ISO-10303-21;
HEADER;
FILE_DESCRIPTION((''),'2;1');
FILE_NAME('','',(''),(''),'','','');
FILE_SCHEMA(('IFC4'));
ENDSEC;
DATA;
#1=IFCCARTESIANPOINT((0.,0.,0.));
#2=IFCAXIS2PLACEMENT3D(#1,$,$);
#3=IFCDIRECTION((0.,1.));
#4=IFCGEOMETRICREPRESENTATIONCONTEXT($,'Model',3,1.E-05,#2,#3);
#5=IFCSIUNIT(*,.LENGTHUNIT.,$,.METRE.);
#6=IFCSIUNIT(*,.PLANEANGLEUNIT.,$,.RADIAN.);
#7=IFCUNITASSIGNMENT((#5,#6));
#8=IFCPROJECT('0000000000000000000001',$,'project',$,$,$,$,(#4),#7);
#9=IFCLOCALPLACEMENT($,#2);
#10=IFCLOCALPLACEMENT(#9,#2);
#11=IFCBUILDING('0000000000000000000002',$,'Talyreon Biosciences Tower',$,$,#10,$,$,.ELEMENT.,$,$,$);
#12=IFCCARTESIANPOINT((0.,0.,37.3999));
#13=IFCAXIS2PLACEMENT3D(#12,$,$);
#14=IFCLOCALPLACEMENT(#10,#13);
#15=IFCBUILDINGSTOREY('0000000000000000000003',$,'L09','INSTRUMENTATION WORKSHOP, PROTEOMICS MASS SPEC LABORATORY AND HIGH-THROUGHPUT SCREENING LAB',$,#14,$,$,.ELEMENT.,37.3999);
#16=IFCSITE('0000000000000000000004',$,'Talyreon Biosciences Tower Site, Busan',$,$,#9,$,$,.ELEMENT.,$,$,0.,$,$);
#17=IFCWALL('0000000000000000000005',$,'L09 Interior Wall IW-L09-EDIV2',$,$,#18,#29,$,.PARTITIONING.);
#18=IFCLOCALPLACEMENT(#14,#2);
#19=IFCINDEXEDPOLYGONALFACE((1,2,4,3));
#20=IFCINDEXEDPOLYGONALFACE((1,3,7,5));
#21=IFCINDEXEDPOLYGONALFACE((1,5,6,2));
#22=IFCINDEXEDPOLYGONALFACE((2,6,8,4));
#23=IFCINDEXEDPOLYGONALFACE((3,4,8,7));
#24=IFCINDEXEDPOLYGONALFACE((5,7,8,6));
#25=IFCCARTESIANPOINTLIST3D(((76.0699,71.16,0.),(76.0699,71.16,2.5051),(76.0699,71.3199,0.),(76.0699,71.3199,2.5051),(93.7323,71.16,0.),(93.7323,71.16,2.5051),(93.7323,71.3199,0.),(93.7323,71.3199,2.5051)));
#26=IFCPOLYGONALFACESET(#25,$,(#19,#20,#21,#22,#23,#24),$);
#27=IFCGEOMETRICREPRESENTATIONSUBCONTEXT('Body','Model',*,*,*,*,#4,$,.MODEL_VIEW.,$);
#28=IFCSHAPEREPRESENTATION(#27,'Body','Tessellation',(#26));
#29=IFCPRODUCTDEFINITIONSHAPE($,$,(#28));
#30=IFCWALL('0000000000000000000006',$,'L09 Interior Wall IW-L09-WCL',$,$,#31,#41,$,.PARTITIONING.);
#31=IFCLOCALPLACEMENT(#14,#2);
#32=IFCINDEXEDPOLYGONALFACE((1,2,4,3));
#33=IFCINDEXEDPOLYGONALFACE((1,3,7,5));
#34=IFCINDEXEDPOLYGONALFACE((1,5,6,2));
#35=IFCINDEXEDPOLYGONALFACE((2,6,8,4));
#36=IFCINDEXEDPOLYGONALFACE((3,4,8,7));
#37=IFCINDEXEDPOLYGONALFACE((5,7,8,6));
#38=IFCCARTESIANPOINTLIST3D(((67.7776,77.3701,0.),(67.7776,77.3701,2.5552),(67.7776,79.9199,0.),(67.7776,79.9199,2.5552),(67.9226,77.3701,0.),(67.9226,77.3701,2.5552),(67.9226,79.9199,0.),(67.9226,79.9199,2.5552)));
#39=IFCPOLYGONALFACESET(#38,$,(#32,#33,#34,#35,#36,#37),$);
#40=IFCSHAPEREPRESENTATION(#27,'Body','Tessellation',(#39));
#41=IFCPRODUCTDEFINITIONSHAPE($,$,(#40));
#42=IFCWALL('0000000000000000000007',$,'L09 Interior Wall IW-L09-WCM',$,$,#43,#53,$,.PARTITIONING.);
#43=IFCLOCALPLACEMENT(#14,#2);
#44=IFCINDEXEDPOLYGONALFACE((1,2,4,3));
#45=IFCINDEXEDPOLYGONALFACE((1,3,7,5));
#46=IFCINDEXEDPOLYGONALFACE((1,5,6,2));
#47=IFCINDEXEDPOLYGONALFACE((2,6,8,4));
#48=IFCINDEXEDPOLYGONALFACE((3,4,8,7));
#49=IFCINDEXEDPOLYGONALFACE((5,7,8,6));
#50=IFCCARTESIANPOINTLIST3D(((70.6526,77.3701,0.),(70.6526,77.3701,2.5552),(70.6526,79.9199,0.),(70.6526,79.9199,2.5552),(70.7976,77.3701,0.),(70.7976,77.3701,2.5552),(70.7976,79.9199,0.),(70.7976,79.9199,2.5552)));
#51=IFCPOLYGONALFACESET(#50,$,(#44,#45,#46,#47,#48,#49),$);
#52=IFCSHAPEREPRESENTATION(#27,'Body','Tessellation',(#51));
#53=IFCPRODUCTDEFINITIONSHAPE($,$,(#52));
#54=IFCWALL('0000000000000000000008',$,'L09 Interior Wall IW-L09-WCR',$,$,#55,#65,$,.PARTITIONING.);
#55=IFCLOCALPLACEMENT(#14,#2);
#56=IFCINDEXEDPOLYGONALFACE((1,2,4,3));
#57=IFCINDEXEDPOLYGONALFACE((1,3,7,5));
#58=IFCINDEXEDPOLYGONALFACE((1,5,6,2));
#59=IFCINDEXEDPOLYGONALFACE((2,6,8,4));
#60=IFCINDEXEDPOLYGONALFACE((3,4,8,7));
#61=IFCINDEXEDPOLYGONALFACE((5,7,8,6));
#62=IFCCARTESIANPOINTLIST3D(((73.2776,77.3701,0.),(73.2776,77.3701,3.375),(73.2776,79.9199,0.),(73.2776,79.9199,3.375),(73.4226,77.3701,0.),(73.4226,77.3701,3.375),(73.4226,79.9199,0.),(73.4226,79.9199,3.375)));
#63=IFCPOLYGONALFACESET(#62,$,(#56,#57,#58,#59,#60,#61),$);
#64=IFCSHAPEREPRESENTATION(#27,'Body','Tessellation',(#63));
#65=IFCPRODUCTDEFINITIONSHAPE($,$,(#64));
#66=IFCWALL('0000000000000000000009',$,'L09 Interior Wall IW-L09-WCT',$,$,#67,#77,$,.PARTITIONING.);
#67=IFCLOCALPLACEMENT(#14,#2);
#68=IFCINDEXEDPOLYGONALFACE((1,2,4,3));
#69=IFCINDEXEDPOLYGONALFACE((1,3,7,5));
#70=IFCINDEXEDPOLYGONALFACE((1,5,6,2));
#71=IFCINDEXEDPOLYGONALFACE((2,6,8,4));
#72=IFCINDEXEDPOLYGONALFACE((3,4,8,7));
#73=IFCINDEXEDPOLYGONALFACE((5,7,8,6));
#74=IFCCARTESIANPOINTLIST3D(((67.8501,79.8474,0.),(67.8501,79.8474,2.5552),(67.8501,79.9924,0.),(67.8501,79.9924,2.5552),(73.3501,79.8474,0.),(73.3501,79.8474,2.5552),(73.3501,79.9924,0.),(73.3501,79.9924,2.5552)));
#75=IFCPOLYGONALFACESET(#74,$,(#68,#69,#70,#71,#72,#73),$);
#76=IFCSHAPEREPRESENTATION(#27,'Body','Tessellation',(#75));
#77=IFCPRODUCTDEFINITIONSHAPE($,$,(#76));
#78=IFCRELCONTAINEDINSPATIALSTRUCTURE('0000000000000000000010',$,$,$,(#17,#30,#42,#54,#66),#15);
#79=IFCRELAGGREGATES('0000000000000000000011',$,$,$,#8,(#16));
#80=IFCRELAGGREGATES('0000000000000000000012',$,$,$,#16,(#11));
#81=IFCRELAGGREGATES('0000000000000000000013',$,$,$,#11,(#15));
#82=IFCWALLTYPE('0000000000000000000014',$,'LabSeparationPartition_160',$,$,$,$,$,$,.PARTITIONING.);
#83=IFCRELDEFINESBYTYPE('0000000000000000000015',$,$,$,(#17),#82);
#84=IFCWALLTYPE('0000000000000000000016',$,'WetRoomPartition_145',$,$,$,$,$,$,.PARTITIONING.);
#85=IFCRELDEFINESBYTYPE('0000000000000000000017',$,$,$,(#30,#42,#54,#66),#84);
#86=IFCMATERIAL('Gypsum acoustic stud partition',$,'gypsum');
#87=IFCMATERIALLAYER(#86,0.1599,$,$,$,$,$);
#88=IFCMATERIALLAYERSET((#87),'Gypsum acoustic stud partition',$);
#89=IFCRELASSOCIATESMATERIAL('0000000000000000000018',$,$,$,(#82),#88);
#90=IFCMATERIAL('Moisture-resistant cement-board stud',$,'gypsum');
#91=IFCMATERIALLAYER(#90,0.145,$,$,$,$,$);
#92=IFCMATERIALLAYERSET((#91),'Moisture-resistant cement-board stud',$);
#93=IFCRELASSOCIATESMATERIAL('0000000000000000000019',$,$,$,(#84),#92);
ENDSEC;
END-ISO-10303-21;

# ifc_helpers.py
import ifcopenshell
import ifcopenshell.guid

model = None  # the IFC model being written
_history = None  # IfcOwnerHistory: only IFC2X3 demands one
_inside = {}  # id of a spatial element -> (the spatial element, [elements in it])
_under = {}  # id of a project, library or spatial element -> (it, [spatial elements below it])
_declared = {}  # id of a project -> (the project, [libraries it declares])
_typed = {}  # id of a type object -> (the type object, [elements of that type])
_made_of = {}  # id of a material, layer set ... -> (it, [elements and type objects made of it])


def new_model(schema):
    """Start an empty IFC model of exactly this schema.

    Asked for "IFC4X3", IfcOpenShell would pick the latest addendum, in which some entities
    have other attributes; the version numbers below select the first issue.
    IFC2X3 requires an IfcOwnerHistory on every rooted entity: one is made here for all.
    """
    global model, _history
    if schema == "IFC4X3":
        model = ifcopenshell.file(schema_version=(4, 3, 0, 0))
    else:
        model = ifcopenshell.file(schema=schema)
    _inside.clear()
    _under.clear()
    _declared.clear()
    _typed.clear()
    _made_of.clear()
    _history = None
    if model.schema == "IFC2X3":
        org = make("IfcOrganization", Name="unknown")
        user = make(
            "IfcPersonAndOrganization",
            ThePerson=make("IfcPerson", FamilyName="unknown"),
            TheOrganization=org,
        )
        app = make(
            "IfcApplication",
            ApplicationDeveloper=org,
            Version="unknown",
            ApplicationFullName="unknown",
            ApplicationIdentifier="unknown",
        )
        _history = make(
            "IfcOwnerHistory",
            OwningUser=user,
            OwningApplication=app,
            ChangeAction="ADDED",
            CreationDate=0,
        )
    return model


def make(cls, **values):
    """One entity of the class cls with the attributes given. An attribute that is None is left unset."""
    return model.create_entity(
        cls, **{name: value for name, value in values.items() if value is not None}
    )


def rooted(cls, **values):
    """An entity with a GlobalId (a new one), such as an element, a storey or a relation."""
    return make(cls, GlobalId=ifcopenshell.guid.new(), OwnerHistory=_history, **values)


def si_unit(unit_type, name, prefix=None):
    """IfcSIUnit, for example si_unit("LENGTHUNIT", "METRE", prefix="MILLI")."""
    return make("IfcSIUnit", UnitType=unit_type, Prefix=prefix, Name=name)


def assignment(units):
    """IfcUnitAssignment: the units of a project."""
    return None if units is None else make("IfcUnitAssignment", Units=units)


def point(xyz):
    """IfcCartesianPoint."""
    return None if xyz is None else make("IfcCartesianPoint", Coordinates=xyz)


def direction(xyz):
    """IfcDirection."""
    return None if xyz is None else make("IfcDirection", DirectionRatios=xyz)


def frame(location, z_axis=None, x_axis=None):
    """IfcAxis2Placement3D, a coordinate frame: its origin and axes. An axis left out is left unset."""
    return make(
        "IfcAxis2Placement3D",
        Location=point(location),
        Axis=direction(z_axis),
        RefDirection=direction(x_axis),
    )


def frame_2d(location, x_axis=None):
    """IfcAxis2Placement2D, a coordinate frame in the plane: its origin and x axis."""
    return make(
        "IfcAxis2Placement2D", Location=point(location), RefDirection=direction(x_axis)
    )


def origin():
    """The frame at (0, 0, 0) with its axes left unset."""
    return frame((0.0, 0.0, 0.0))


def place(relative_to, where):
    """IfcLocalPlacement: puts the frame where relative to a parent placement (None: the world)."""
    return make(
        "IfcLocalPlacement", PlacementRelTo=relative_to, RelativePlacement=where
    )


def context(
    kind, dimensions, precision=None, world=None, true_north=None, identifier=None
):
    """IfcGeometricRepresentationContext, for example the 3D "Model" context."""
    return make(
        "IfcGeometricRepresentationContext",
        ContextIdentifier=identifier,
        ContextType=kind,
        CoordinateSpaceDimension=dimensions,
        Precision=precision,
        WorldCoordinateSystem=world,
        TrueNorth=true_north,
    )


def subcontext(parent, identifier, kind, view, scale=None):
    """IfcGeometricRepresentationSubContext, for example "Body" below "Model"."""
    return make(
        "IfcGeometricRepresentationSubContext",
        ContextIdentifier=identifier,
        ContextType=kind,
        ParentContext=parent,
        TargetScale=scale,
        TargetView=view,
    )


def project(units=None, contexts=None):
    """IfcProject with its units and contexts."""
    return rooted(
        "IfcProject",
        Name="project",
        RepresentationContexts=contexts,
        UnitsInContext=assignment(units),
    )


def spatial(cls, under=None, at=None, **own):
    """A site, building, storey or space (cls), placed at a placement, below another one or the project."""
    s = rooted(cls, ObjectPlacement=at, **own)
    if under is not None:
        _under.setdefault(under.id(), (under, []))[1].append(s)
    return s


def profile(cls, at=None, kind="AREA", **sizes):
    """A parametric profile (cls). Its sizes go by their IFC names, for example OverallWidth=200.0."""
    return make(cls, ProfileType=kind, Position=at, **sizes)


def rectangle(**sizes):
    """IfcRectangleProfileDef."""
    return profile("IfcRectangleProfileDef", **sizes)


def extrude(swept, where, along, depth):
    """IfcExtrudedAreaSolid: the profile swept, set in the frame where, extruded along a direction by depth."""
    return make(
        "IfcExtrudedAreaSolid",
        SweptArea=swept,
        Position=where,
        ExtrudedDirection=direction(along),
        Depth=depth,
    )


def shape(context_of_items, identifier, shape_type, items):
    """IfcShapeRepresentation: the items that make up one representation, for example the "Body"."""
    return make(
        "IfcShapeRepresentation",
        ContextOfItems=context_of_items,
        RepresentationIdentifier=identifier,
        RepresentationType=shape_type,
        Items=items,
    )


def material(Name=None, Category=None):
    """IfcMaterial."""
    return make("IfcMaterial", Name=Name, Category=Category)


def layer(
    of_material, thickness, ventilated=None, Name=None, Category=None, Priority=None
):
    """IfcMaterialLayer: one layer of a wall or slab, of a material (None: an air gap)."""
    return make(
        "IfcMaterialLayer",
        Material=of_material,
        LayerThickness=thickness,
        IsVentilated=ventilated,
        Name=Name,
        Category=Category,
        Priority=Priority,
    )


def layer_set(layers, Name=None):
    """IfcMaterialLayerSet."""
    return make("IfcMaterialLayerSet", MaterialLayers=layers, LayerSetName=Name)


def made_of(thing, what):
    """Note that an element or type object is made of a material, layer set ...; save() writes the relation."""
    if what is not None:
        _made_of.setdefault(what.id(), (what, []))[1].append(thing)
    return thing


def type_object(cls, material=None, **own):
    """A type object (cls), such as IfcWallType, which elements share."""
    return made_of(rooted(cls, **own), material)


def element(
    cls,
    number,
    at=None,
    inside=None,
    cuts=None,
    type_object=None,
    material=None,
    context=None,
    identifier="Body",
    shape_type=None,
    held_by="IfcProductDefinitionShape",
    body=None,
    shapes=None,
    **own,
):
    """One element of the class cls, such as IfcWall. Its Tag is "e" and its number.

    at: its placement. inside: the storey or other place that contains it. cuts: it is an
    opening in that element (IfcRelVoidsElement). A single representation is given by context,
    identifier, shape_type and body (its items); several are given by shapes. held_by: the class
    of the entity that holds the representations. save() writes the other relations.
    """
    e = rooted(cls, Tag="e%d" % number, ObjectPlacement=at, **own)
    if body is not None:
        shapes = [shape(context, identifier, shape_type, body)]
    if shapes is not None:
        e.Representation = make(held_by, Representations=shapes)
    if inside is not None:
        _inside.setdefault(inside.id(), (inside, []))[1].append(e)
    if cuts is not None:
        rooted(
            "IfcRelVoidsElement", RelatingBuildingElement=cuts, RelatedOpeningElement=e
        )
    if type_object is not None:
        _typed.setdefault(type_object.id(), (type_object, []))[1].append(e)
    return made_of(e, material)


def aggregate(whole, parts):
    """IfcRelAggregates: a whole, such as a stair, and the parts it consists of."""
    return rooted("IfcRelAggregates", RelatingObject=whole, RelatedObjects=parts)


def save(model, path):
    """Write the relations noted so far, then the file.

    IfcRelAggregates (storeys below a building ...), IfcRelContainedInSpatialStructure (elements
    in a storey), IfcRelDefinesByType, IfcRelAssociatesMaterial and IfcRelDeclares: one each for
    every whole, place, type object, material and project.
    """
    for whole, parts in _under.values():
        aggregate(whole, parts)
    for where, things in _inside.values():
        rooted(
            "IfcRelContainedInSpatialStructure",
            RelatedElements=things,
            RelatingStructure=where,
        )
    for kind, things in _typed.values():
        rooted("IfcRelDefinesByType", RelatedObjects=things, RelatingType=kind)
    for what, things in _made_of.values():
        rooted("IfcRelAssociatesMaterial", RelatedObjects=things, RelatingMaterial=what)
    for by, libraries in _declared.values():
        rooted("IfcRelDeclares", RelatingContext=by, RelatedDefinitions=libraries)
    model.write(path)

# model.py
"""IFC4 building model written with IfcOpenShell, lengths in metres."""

from ifc_helpers import new_model, si_unit, direction, frame, frame_2d, origin, place, context, subcontext, project, spatial, rectangle, extrude, material, layer, layer_set, type_object, element, save


model = new_model("IFC4")

# Units and contexts
model_context = context("Model", 3, precision=1e-05, world=origin(), true_north=direction((0.0, 1.0)))
body_context = subcontext(model_context, "Body", "Model", "MODEL_VIEW")
ifc_project = project(units=[si_unit("LENGTHUNIT", "METRE"), si_unit("PLANEANGLEUNIT", "RADIAN")], contexts=[model_context])

# Site, building, storey
site_placement = place(None, origin())
site = spatial("IfcSite", under=ifc_project, at=site_placement, Name="Talyreon Biosciences Tower Site, Busan", CompositionType="ELEMENT", RefElevation=0.0)
building_placement = place(site_placement, origin())
building = spatial("IfcBuilding", under=site, at=building_placement, Name="Talyreon Biosciences Tower", CompositionType="ELEMENT")
storey_placement = place(building_placement, frame((0.0, 0.0, 37.3999)))
storey = spatial("IfcBuildingStorey", under=building, at=storey_placement, Name="L09", Description="INSTRUMENTATION WORKSHOP, PROTEOMICS MASS SPEC LABORATORY AND HIGH-THROUGHPUT SCREENING LAB", CompositionType="ELEMENT", Elevation=37.3999)

# Shared definitions
ifc_material_1 = material(Name="Gypsum acoustic stud partition", Category="gypsum")
ifc_layer_1 = layer(ifc_material_1, 0.1599)
ifc_layer_set_1 = layer_set([ifc_layer_1], Name="Gypsum acoustic stud partition")
wall_type_1 = type_object("IfcWallType", Name="LabSeparationPartition_160", PredefinedType="PARTITIONING", material=ifc_layer_set_1)

# Walls
wall_1_placement = place(storey_placement, frame((76.0701, 71.24, 0.0), z_axis=(0.0, 0.0, 1.0), x_axis=(1.0, 0.0, 0.0)))
element("IfcWall", 1, at=wall_1_placement, inside=storey, type_object=wall_type_1, Name="L09 Interior Wall IW-L09-EDIV2", PredefinedType="PARTITIONING", context=body_context, shape_type="SweptSolid", body=[
    extrude(rectangle(XDim=17.6624, YDim=0.1599, at=frame_2d((8.8311, 0.0))), origin(), (0.0, 0.0, 1.0), 2.5051),
])
ifc_material_2 = material(Name="Moisture-resistant cement-board stud", Category="gypsum")
ifc_layer_2 = layer(ifc_material_2, 0.145)
ifc_layer_set_2 = layer_set([ifc_layer_2], Name="Moisture-resistant cement-board stud")
wall_type_2 = type_object("IfcWallType", Name="WetRoomPartition_145", PredefinedType="PARTITIONING", material=ifc_layer_set_2)
for number, where, z_axis, x_axis, name in (
    (2, (67.8501, 77.3701, 0.0), (0.0, 0.0, 1.0), (0.0, 1.0, 0.0), "L09 Interior Wall IW-L09-WCL"),
    (3, (70.7251, 77.3701, 0.0), (0.0, 0.0, 1.0), (0.0, 1.0, 0.0), "L09 Interior Wall IW-L09-WCM"),
):
    element("IfcWall", number, at=place(storey_placement, frame(where, z_axis=z_axis, x_axis=x_axis)), inside=storey, type_object=wall_type_2, Name=name, PredefinedType="PARTITIONING", context=body_context, shape_type="SweptSolid", body=[
        extrude(rectangle(XDim=2.5498, YDim=0.145, at=frame_2d((1.2749, 0.0))), origin(), (0.0, 0.0, 1.0), 2.5552),
    ])
wall_2_placement = place(storey_placement, frame((73.3501, 77.3701, 0.0), z_axis=(0.0, 0.0, 1.0), x_axis=(0.0, 1.0, 0.0)))
element("IfcWall", 4, at=wall_2_placement, inside=storey, type_object=wall_type_2, Name="L09 Interior Wall IW-L09-WCR", PredefinedType="PARTITIONING", context=body_context, shape_type="SweptSolid", body=[
    extrude(rectangle(XDim=2.5498, YDim=0.145, at=frame_2d((1.2749, 0.0))), origin(), (0.0, 0.0, 1.0), 3.375),
])
wall_3_placement = place(storey_placement, frame((67.8501, 79.9199, 0.0), z_axis=(0.0, 0.0, 1.0), x_axis=(1.0, 0.0, 0.0)))
element("IfcWall", 5, at=wall_3_placement, inside=storey, type_object=wall_type_2, Name="L09 Interior Wall IW-L09-WCT", PredefinedType="PARTITIONING", context=body_context, shape_type="SweptSolid", body=[
    extrude(rectangle(XDim=5.5, YDim=0.145, at=frame_2d((2.75, 0.0))), origin(), (0.0, 0.0, 1.0), 2.5552),
])

save(model, "model.ifc")
